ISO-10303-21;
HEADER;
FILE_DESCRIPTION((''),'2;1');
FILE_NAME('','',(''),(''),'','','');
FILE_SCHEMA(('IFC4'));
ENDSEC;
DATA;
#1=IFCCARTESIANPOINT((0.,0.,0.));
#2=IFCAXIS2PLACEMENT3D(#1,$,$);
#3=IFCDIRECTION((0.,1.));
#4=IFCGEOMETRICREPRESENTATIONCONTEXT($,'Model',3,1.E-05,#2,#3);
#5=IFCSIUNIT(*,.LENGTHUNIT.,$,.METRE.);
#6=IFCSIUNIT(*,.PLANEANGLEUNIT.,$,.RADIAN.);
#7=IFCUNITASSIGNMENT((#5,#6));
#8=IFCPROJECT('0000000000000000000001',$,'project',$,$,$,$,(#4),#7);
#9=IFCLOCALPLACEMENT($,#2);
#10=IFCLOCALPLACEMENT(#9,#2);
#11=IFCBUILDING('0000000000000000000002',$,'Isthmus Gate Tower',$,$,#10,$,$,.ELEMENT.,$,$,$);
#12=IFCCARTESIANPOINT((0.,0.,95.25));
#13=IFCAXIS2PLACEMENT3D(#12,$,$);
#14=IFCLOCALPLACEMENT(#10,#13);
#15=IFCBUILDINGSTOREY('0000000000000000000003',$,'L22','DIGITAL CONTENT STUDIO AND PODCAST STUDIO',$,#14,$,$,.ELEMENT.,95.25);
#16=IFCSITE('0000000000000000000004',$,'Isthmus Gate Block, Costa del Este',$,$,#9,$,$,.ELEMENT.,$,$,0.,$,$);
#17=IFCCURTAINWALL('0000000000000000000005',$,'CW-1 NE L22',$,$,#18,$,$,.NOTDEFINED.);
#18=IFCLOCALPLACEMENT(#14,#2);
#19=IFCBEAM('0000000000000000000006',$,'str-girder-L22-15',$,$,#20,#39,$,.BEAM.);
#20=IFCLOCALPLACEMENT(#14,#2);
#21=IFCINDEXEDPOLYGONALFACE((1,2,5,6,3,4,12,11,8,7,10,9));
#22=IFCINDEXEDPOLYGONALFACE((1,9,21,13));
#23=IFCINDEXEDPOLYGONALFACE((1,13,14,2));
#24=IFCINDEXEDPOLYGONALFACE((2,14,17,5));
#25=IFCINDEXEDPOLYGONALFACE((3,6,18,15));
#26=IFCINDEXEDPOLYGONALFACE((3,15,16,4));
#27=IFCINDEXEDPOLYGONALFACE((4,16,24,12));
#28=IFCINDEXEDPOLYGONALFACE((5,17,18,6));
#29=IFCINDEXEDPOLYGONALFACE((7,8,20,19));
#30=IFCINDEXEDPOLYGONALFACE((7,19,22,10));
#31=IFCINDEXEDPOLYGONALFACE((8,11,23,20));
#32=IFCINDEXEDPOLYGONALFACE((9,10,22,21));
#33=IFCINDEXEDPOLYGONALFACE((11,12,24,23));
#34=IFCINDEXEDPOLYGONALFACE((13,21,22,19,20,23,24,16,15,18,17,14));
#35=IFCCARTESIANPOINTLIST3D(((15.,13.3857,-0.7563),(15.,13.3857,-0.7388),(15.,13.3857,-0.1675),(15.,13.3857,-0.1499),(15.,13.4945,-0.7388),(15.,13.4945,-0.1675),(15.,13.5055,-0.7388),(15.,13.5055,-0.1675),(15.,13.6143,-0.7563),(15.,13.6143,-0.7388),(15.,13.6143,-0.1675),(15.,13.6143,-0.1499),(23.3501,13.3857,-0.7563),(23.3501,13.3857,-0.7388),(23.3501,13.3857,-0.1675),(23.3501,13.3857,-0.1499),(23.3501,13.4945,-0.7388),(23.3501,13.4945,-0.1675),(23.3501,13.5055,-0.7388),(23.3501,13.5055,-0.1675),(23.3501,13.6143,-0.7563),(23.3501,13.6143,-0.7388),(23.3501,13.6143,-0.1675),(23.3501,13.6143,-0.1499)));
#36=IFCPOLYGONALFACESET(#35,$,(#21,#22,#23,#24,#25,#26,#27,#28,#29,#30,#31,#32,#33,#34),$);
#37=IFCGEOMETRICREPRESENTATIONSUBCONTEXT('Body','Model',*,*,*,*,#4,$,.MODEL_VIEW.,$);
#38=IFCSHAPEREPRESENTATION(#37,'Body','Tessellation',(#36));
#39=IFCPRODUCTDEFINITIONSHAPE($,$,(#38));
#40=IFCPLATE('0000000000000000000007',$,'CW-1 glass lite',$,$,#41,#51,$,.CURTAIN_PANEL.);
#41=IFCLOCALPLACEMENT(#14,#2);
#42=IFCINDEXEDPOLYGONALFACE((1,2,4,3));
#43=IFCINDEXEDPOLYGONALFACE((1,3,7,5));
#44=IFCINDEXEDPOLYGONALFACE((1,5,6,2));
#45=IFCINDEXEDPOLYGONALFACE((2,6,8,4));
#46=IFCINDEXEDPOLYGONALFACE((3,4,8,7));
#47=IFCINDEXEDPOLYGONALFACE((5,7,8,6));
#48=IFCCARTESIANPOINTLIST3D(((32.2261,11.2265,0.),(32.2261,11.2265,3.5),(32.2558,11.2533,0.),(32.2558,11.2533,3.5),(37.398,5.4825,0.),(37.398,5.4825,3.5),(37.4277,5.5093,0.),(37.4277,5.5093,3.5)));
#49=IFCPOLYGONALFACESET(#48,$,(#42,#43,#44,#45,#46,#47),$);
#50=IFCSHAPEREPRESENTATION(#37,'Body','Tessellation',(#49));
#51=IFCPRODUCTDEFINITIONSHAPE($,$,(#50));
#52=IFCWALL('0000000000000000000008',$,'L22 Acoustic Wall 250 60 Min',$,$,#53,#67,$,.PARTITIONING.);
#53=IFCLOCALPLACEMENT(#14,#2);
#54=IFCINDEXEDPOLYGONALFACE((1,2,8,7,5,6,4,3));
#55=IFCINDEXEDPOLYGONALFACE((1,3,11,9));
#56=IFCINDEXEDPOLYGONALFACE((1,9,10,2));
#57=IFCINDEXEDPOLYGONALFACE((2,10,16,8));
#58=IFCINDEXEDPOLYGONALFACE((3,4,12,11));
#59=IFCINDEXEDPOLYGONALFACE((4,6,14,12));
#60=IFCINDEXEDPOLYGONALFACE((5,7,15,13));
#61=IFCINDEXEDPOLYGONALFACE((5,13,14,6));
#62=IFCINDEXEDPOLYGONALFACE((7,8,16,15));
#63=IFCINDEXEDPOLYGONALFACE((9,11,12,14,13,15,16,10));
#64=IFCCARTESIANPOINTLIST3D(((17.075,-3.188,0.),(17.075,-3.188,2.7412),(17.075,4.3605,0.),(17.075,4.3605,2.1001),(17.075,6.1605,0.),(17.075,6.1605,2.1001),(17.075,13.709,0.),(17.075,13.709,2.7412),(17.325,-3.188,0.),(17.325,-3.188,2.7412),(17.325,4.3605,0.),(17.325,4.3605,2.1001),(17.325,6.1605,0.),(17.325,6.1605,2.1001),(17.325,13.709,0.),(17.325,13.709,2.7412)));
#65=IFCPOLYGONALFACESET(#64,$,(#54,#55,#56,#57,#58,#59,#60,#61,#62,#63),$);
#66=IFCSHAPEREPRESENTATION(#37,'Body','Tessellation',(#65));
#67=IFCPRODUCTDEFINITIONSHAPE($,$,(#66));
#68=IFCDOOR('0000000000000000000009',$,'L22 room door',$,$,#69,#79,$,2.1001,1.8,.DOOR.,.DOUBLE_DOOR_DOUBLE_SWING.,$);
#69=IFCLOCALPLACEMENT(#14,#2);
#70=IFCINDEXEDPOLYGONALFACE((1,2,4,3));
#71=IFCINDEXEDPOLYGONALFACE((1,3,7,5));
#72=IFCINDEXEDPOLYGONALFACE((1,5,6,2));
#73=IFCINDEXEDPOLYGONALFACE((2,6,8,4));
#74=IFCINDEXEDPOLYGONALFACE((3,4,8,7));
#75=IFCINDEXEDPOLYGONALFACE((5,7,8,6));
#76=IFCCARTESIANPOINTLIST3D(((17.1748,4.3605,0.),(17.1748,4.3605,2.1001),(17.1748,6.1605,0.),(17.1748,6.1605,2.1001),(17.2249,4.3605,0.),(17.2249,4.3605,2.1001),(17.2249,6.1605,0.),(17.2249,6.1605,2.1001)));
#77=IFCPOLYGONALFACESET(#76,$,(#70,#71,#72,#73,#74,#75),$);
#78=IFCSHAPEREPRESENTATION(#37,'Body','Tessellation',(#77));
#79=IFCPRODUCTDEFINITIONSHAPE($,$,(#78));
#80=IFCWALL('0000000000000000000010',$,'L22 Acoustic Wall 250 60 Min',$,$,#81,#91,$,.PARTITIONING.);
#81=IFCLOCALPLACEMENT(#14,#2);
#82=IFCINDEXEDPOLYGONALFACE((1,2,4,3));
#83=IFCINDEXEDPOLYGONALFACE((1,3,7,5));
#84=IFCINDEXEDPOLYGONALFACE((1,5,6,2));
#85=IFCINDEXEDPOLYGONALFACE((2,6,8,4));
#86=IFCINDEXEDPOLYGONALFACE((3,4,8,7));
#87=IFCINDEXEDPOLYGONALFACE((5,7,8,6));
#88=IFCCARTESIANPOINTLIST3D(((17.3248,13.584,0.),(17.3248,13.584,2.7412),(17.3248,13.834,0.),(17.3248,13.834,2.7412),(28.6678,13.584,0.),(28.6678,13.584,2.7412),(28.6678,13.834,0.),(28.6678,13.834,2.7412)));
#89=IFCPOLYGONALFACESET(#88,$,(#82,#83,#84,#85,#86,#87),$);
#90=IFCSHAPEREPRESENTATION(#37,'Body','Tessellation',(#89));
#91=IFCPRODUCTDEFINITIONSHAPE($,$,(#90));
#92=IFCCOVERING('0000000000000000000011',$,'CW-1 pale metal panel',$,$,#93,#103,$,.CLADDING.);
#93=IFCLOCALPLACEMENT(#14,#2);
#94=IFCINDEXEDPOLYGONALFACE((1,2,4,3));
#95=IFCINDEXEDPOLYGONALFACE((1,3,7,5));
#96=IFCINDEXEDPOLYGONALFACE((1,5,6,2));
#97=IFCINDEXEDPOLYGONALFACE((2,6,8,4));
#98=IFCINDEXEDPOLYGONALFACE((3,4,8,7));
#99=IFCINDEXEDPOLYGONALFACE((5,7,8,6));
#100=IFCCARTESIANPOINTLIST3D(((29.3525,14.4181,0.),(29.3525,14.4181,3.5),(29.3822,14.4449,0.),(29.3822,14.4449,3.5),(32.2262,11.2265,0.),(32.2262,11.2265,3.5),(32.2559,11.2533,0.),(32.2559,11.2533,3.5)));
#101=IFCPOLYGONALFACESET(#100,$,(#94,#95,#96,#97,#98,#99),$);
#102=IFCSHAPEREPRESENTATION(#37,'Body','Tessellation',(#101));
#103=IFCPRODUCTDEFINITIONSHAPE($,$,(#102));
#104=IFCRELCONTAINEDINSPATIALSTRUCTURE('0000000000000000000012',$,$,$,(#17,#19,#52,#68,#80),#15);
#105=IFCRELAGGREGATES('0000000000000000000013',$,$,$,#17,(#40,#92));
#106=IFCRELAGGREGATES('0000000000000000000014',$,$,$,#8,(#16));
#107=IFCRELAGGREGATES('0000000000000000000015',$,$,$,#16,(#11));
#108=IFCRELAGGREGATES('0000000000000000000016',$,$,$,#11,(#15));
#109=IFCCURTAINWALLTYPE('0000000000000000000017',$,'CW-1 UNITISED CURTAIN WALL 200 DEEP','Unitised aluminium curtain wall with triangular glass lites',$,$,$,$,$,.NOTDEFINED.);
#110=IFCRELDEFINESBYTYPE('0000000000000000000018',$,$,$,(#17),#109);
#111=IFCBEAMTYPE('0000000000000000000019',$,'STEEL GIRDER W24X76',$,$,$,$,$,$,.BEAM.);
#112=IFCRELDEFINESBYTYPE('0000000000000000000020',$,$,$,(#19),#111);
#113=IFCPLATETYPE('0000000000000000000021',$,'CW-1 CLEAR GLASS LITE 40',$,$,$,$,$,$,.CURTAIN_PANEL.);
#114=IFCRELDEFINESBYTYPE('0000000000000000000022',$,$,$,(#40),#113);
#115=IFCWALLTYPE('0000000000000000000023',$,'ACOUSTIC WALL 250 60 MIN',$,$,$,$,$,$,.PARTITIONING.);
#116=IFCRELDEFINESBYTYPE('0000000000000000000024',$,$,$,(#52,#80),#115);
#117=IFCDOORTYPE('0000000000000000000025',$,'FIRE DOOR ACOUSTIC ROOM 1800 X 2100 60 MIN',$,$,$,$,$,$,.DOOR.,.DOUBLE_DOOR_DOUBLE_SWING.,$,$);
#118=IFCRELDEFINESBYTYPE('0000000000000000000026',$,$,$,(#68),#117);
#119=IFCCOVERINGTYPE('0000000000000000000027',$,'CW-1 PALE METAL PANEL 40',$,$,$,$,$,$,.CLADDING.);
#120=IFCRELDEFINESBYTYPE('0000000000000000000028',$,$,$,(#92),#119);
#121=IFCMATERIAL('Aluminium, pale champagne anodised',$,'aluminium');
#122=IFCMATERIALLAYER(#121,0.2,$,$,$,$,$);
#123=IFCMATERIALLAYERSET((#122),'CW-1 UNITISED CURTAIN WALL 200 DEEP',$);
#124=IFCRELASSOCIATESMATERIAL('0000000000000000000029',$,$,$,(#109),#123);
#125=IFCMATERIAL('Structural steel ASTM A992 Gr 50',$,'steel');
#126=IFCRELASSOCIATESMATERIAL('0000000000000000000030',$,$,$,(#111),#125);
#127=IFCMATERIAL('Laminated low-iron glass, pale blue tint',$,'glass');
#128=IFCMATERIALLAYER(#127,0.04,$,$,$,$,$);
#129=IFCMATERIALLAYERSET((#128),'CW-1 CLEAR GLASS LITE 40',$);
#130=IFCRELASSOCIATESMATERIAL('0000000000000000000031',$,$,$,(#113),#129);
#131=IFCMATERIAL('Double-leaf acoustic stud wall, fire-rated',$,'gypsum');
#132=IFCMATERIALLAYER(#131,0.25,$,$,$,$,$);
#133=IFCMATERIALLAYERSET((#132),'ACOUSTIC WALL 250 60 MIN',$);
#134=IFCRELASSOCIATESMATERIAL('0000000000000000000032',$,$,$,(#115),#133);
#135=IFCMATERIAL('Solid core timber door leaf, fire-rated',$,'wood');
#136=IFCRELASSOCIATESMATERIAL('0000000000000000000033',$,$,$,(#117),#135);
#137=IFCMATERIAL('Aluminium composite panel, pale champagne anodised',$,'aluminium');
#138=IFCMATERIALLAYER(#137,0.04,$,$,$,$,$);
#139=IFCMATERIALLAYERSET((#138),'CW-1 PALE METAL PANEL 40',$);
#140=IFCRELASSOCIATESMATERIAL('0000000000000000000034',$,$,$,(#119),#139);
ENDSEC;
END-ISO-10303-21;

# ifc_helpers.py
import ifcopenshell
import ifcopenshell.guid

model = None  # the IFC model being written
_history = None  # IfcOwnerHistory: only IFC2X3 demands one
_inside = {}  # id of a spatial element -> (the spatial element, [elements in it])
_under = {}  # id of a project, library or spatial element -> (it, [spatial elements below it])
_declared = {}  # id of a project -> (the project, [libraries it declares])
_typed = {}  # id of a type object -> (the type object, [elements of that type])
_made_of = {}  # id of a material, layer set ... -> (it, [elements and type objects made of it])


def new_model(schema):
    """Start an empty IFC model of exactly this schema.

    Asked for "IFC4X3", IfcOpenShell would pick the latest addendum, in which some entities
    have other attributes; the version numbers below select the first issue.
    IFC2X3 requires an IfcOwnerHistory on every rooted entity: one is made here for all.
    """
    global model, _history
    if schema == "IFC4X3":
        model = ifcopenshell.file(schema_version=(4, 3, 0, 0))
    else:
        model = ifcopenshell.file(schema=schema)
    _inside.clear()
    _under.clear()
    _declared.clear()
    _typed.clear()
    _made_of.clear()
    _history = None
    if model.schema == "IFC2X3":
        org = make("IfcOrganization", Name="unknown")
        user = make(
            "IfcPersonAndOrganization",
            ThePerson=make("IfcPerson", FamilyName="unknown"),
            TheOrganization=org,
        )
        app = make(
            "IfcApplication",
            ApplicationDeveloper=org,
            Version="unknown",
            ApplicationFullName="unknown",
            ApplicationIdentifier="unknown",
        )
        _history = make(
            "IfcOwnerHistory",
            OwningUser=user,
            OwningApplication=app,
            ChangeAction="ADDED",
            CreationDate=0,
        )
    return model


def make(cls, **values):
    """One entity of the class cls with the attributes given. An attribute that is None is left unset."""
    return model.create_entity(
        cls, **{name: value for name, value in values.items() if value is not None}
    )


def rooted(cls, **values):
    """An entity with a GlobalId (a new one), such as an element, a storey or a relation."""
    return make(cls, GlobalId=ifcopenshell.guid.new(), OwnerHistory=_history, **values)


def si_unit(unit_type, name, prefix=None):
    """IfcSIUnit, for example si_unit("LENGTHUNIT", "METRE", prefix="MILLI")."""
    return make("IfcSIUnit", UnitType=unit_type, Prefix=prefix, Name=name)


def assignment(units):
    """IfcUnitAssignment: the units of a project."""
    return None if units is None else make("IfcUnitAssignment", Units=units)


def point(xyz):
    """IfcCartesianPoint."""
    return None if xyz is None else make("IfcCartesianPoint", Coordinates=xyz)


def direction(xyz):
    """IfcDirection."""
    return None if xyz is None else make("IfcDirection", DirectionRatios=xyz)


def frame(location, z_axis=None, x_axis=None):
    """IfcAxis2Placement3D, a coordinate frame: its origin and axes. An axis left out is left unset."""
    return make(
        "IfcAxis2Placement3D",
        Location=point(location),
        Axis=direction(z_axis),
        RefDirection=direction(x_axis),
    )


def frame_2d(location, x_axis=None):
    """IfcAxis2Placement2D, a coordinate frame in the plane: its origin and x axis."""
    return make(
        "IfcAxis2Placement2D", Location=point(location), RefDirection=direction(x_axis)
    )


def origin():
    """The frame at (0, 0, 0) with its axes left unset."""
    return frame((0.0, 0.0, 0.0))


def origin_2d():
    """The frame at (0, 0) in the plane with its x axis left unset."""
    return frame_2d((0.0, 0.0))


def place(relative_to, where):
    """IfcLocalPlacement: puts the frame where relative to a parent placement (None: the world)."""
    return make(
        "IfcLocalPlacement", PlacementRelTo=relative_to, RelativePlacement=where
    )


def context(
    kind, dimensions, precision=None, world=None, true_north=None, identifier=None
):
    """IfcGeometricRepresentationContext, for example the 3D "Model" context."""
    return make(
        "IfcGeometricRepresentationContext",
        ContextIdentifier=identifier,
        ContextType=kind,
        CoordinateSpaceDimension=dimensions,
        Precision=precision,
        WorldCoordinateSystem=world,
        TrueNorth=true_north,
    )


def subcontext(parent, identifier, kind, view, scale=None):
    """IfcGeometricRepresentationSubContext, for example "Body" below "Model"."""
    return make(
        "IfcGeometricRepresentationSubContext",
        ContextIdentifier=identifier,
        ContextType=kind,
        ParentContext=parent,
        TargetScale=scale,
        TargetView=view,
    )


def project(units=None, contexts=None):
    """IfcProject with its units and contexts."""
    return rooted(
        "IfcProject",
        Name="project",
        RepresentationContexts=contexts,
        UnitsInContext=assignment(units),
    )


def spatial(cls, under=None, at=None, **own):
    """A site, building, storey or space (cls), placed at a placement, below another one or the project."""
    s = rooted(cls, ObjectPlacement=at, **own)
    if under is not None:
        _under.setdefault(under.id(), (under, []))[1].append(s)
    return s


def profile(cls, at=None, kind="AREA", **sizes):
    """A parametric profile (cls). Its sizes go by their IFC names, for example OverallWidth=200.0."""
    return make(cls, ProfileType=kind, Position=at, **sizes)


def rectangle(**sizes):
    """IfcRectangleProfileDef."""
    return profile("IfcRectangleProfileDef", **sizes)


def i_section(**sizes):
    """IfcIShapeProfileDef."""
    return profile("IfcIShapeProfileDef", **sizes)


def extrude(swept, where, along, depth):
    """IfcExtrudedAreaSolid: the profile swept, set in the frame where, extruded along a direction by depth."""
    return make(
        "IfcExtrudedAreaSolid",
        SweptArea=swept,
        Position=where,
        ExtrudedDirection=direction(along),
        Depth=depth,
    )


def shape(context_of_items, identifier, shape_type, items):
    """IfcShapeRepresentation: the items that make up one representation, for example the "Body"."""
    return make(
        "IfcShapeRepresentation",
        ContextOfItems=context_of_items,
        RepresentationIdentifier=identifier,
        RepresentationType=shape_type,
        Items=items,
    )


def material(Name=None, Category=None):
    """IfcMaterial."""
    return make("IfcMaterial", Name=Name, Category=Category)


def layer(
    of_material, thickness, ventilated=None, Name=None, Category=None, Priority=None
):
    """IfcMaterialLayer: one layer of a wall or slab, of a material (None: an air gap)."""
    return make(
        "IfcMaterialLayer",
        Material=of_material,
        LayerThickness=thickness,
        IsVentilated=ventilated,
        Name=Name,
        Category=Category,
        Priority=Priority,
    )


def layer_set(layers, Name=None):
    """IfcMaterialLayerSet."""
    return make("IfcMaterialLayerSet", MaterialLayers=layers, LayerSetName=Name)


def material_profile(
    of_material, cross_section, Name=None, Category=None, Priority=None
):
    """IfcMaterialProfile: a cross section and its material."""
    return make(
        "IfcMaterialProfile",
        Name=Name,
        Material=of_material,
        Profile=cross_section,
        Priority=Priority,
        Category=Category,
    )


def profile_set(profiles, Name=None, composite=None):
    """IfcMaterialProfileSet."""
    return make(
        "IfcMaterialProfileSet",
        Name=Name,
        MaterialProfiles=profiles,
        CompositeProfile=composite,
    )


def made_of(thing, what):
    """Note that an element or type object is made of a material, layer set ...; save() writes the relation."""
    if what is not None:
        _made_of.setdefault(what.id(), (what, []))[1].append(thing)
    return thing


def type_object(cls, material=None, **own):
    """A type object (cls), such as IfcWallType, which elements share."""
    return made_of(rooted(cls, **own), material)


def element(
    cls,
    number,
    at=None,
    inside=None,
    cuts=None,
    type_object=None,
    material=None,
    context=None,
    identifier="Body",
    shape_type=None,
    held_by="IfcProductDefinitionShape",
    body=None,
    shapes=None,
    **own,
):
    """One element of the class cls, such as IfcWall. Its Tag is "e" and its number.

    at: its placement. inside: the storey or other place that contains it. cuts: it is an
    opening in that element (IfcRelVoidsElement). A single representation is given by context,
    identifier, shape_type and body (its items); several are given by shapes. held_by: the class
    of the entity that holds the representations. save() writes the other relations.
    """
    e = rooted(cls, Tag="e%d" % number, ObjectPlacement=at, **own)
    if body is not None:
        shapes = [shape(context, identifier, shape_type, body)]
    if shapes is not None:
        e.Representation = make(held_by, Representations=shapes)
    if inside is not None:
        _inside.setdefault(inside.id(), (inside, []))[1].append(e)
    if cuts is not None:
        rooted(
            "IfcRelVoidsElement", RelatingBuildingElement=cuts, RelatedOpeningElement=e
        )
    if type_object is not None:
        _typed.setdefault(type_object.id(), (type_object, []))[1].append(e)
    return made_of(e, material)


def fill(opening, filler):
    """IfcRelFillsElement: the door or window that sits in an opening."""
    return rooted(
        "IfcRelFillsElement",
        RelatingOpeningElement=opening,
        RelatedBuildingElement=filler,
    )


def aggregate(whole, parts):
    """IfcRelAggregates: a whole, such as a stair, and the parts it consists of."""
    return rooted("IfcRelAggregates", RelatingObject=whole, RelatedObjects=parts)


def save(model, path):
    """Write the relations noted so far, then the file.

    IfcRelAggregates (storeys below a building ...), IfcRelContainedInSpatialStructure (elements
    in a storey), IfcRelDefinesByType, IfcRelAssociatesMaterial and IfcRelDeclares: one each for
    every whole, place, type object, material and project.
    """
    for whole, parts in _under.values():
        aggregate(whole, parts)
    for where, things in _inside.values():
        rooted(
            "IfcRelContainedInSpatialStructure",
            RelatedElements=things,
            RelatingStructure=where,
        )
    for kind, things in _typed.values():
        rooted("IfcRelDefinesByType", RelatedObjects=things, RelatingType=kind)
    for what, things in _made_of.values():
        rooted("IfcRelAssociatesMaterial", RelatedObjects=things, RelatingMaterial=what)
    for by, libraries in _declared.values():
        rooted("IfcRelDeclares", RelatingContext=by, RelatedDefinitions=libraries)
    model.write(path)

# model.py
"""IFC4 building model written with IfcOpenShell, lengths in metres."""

from ifc_helpers import new_model, si_unit, direction, frame, frame_2d, origin, origin_2d, place, context, subcontext, project, spatial, rectangle, i_section, extrude, material, layer, layer_set, material_profile, profile_set, type_object, element, fill, aggregate, save


model = new_model("IFC4")

# Units and contexts
model_context = context("Model", 3, precision=1e-05, world=origin(), true_north=direction((0.0, 1.0)))
body_context = subcontext(model_context, "Body", "Model", "MODEL_VIEW")
ifc_project = project(units=[si_unit("LENGTHUNIT", "METRE"), si_unit("PLANEANGLEUNIT", "RADIAN")], contexts=[model_context])

# Site, building, storey
site_placement = place(None, origin())
site = spatial("IfcSite", under=ifc_project, at=site_placement, Name="Isthmus Gate Block, Costa del Este", CompositionType="ELEMENT", RefElevation=0.0)
building_placement = place(site_placement, origin())
building = spatial("IfcBuilding", under=site, at=building_placement, Name="Isthmus Gate Tower", CompositionType="ELEMENT")
storey_placement = place(building_placement, frame((0.0, 0.0, 95.25)))
storey = spatial("IfcBuildingStorey", under=building, at=storey_placement, Name="L22", Description="DIGITAL CONTENT STUDIO AND PODCAST STUDIO", CompositionType="ELEMENT", Elevation=95.25)

# Curtain wall
ifc_material_1 = material(Name="Aluminium, pale champagne anodised", Category="aluminium")
ifc_layer_1 = layer(ifc_material_1, 0.2)
ifc_layer_set_1 = layer_set([ifc_layer_1], Name="CW-1 UNITISED CURTAIN WALL 200 DEEP")
curtain_wall_type = type_object("IfcCurtainWallType", Name="CW-1 UNITISED CURTAIN WALL 200 DEEP", Description="Unitised aluminium curtain wall with triangular glass lites", PredefinedType="NOTDEFINED", material=ifc_layer_set_1)
curtain_wall_placement = place(storey_placement, origin())
curtain_wall = element("IfcCurtainWall", 1, at=curtain_wall_placement, inside=storey, type_object=curtain_wall_type, Name="CW-1 NE L22", PredefinedType="NOTDEFINED")

# Beam
ifc_material_2 = material(Name="Structural steel ASTM A992 Gr 50", Category="steel")
ifc_material_profile_1 = material_profile(ifc_material_2, i_section(OverallWidth=0.2285, OverallDepth=0.6064, WebThickness=0.011, FlangeThickness=0.0176, at=origin_2d()), Name="W24X76")
ifc_profile_set_1 = profile_set([ifc_material_profile_1], Name="Structural steel ASTM A992 Gr 50")
beam_type_1 = type_object("IfcBeamType", Name="STEEL GIRDER W24X76", PredefinedType="BEAM", material=ifc_profile_set_1)
beam_1_placement = place(storey_placement, frame((15.0, 13.5, -0.4531), z_axis=(1.0, 0.0, 0.0), x_axis=(0.0, 1.0, 0.0)))
element("IfcBeam", 2, at=beam_1_placement, inside=storey, type_object=beam_type_1, Name="str-girder-L22-15", PredefinedType="BEAM", context=body_context, shape_type="SweptSolid", body=[
    extrude(i_section(OverallWidth=0.2285, OverallDepth=0.6064, WebThickness=0.011, FlangeThickness=0.0176, at=origin_2d()), origin(), (0.0, 0.0, 1.0), 8.3501),
])

# Plate
ifc_material_3 = material(Name="Laminated low-iron glass, pale blue tint", Category="glass")
ifc_layer_2 = layer(ifc_material_3, 0.04)
ifc_layer_set_2 = layer_set([ifc_layer_2], Name="CW-1 CLEAR GLASS LITE 40")
plate_type = type_object("IfcPlateType", Name="CW-1 CLEAR GLASS LITE 40", PredefinedType="CURTAIN_PANEL", material=ifc_layer_set_2)
plate_placement = place(storey_placement, frame((34.8269, 8.3679, 0.0), z_axis=(0.0, 0.0, 1.0), x_axis=(-0.669131, 0.743145, 0.0)))
plate = element("IfcPlate", 3, at=plate_placement, type_object=plate_type, Name="CW-1 glass lite", PredefinedType="CURTAIN_PANEL", context=body_context, shape_type="SweptSolid", body=[
    extrude(rectangle(XDim=7.7292, YDim=0.04, at=origin_2d()), origin(), (0.0, 0.0, 1.0), 3.5),
])

# Wall, opening, door
ifc_material_4 = material(Name="Double-leaf acoustic stud wall, fire-rated", Category="gypsum")
ifc_layer_3 = layer(ifc_material_4, 0.25)
ifc_layer_set_3 = layer_set([ifc_layer_3], Name="ACOUSTIC WALL 250 60 MIN")
wall_type = type_object("IfcWallType", Name="ACOUSTIC WALL 250 60 MIN", PredefinedType="PARTITIONING", material=ifc_layer_set_3)
wall_1_placement = place(storey_placement, frame((17.2, 13.709, 0.0), z_axis=(0.0, 0.0, 1.0), x_axis=(0.0, -1.0, 0.0)))
wall_1 = element("IfcWall", 4, at=wall_1_placement, inside=storey, type_object=wall_type, Name="L22 Acoustic Wall 250 60 Min", PredefinedType="PARTITIONING", context=body_context, shape_type="SweptSolid", body=[
    extrude(rectangle(XDim=16.897, YDim=0.25, at=frame_2d((8.4485, 0.0))), origin(), (0.0, 0.0, 1.0), 2.7412),
])
opening_placement = place(wall_1_placement, frame((7.5486, 0.0, 0.0)))
opening = element("IfcOpeningElement", 5, at=opening_placement, cuts=wall_1, PredefinedType="OPENING", context=body_context, shape_type="SweptSolid", body=[
    extrude(rectangle(XDim=1.8, YDim=2.1001, at=frame_2d((0.8999, 1.05))), frame((0.0, 0.135, 0.0), z_axis=(0.0, -1.0, 0.0), x_axis=(1.0, 0.0, 0.0)), (0.0, 0.0, 1.0), 0.27),
])
ifc_material_5 = material(Name="Solid core timber door leaf, fire-rated", Category="wood")
door_type = type_object("IfcDoorType", Name="FIRE DOOR ACOUSTIC ROOM 1800 X 2100 60 MIN", OperationType="DOUBLE_DOOR_DOUBLE_SWING", PredefinedType="DOOR", material=ifc_material_5)
door_placement = place(opening_placement, origin())
door = element("IfcDoor", 6, at=door_placement, inside=storey, type_object=door_type, Name="L22 room door", OperationType="DOUBLE_DOOR_DOUBLE_SWING", OverallHeight=2.1001, OverallWidth=1.8, PredefinedType="DOOR", context=body_context, shape_type="SweptSolid", body=[
    extrude(rectangle(XDim=1.8, YDim=2.1001, at=frame_2d((0.8999, 1.05))), frame((0.0, 0.0249, 0.0), z_axis=(0.0, -1.0, 0.0), x_axis=(1.0, 0.0, 0.0)), (0.0, 0.0, 1.0), 0.05),
])
fill(opening, door)

# Wall
wall_2_placement = place(storey_placement, frame((17.325, 13.709, 0.0), z_axis=(0.0, 0.0, 1.0), x_axis=(1.0, 0.0, 0.0)))
element("IfcWall", 7, at=wall_2_placement, inside=storey, type_object=wall_type, Name="L22 Acoustic Wall 250 60 Min", PredefinedType="PARTITIONING", context=body_context, shape_type="SweptSolid", body=[
    extrude(rectangle(XDim=11.343, YDim=0.25, at=frame_2d((5.6714, 0.0))), origin(), (0.0, 0.0, 1.0), 2.7412),
])

# Covering
ifc_material_6 = material(Name="Aluminium composite panel, pale champagne anodised", Category="aluminium")
ifc_layer_4 = layer(ifc_material_6, 0.04)
ifc_layer_set_4 = layer_set([ifc_layer_4], Name="CW-1 PALE METAL PANEL 40")
covering_type = type_object("IfcCoveringType", Name="CW-1 PALE METAL PANEL 40", PredefinedType="CLADDING", material=ifc_layer_set_4)
covering_placement = place(storey_placement, frame((30.8042, 12.8357, 0.0), z_axis=(0.0, 0.0, 1.0), x_axis=(-0.669131, 0.743145, 0.0)))
covering = element("IfcCovering", 8, at=covering_placement, type_object=covering_type, Name="CW-1 pale metal panel", PredefinedType="CLADDING", context=body_context, shape_type="SweptSolid", body=[
    extrude(rectangle(XDim=4.2947, YDim=0.04, at=origin_2d()), origin(), (0.0, 0.0, 1.0), 3.5),
])
aggregate(curtain_wall, [plate, covering])

save(model, "model.ifc")
